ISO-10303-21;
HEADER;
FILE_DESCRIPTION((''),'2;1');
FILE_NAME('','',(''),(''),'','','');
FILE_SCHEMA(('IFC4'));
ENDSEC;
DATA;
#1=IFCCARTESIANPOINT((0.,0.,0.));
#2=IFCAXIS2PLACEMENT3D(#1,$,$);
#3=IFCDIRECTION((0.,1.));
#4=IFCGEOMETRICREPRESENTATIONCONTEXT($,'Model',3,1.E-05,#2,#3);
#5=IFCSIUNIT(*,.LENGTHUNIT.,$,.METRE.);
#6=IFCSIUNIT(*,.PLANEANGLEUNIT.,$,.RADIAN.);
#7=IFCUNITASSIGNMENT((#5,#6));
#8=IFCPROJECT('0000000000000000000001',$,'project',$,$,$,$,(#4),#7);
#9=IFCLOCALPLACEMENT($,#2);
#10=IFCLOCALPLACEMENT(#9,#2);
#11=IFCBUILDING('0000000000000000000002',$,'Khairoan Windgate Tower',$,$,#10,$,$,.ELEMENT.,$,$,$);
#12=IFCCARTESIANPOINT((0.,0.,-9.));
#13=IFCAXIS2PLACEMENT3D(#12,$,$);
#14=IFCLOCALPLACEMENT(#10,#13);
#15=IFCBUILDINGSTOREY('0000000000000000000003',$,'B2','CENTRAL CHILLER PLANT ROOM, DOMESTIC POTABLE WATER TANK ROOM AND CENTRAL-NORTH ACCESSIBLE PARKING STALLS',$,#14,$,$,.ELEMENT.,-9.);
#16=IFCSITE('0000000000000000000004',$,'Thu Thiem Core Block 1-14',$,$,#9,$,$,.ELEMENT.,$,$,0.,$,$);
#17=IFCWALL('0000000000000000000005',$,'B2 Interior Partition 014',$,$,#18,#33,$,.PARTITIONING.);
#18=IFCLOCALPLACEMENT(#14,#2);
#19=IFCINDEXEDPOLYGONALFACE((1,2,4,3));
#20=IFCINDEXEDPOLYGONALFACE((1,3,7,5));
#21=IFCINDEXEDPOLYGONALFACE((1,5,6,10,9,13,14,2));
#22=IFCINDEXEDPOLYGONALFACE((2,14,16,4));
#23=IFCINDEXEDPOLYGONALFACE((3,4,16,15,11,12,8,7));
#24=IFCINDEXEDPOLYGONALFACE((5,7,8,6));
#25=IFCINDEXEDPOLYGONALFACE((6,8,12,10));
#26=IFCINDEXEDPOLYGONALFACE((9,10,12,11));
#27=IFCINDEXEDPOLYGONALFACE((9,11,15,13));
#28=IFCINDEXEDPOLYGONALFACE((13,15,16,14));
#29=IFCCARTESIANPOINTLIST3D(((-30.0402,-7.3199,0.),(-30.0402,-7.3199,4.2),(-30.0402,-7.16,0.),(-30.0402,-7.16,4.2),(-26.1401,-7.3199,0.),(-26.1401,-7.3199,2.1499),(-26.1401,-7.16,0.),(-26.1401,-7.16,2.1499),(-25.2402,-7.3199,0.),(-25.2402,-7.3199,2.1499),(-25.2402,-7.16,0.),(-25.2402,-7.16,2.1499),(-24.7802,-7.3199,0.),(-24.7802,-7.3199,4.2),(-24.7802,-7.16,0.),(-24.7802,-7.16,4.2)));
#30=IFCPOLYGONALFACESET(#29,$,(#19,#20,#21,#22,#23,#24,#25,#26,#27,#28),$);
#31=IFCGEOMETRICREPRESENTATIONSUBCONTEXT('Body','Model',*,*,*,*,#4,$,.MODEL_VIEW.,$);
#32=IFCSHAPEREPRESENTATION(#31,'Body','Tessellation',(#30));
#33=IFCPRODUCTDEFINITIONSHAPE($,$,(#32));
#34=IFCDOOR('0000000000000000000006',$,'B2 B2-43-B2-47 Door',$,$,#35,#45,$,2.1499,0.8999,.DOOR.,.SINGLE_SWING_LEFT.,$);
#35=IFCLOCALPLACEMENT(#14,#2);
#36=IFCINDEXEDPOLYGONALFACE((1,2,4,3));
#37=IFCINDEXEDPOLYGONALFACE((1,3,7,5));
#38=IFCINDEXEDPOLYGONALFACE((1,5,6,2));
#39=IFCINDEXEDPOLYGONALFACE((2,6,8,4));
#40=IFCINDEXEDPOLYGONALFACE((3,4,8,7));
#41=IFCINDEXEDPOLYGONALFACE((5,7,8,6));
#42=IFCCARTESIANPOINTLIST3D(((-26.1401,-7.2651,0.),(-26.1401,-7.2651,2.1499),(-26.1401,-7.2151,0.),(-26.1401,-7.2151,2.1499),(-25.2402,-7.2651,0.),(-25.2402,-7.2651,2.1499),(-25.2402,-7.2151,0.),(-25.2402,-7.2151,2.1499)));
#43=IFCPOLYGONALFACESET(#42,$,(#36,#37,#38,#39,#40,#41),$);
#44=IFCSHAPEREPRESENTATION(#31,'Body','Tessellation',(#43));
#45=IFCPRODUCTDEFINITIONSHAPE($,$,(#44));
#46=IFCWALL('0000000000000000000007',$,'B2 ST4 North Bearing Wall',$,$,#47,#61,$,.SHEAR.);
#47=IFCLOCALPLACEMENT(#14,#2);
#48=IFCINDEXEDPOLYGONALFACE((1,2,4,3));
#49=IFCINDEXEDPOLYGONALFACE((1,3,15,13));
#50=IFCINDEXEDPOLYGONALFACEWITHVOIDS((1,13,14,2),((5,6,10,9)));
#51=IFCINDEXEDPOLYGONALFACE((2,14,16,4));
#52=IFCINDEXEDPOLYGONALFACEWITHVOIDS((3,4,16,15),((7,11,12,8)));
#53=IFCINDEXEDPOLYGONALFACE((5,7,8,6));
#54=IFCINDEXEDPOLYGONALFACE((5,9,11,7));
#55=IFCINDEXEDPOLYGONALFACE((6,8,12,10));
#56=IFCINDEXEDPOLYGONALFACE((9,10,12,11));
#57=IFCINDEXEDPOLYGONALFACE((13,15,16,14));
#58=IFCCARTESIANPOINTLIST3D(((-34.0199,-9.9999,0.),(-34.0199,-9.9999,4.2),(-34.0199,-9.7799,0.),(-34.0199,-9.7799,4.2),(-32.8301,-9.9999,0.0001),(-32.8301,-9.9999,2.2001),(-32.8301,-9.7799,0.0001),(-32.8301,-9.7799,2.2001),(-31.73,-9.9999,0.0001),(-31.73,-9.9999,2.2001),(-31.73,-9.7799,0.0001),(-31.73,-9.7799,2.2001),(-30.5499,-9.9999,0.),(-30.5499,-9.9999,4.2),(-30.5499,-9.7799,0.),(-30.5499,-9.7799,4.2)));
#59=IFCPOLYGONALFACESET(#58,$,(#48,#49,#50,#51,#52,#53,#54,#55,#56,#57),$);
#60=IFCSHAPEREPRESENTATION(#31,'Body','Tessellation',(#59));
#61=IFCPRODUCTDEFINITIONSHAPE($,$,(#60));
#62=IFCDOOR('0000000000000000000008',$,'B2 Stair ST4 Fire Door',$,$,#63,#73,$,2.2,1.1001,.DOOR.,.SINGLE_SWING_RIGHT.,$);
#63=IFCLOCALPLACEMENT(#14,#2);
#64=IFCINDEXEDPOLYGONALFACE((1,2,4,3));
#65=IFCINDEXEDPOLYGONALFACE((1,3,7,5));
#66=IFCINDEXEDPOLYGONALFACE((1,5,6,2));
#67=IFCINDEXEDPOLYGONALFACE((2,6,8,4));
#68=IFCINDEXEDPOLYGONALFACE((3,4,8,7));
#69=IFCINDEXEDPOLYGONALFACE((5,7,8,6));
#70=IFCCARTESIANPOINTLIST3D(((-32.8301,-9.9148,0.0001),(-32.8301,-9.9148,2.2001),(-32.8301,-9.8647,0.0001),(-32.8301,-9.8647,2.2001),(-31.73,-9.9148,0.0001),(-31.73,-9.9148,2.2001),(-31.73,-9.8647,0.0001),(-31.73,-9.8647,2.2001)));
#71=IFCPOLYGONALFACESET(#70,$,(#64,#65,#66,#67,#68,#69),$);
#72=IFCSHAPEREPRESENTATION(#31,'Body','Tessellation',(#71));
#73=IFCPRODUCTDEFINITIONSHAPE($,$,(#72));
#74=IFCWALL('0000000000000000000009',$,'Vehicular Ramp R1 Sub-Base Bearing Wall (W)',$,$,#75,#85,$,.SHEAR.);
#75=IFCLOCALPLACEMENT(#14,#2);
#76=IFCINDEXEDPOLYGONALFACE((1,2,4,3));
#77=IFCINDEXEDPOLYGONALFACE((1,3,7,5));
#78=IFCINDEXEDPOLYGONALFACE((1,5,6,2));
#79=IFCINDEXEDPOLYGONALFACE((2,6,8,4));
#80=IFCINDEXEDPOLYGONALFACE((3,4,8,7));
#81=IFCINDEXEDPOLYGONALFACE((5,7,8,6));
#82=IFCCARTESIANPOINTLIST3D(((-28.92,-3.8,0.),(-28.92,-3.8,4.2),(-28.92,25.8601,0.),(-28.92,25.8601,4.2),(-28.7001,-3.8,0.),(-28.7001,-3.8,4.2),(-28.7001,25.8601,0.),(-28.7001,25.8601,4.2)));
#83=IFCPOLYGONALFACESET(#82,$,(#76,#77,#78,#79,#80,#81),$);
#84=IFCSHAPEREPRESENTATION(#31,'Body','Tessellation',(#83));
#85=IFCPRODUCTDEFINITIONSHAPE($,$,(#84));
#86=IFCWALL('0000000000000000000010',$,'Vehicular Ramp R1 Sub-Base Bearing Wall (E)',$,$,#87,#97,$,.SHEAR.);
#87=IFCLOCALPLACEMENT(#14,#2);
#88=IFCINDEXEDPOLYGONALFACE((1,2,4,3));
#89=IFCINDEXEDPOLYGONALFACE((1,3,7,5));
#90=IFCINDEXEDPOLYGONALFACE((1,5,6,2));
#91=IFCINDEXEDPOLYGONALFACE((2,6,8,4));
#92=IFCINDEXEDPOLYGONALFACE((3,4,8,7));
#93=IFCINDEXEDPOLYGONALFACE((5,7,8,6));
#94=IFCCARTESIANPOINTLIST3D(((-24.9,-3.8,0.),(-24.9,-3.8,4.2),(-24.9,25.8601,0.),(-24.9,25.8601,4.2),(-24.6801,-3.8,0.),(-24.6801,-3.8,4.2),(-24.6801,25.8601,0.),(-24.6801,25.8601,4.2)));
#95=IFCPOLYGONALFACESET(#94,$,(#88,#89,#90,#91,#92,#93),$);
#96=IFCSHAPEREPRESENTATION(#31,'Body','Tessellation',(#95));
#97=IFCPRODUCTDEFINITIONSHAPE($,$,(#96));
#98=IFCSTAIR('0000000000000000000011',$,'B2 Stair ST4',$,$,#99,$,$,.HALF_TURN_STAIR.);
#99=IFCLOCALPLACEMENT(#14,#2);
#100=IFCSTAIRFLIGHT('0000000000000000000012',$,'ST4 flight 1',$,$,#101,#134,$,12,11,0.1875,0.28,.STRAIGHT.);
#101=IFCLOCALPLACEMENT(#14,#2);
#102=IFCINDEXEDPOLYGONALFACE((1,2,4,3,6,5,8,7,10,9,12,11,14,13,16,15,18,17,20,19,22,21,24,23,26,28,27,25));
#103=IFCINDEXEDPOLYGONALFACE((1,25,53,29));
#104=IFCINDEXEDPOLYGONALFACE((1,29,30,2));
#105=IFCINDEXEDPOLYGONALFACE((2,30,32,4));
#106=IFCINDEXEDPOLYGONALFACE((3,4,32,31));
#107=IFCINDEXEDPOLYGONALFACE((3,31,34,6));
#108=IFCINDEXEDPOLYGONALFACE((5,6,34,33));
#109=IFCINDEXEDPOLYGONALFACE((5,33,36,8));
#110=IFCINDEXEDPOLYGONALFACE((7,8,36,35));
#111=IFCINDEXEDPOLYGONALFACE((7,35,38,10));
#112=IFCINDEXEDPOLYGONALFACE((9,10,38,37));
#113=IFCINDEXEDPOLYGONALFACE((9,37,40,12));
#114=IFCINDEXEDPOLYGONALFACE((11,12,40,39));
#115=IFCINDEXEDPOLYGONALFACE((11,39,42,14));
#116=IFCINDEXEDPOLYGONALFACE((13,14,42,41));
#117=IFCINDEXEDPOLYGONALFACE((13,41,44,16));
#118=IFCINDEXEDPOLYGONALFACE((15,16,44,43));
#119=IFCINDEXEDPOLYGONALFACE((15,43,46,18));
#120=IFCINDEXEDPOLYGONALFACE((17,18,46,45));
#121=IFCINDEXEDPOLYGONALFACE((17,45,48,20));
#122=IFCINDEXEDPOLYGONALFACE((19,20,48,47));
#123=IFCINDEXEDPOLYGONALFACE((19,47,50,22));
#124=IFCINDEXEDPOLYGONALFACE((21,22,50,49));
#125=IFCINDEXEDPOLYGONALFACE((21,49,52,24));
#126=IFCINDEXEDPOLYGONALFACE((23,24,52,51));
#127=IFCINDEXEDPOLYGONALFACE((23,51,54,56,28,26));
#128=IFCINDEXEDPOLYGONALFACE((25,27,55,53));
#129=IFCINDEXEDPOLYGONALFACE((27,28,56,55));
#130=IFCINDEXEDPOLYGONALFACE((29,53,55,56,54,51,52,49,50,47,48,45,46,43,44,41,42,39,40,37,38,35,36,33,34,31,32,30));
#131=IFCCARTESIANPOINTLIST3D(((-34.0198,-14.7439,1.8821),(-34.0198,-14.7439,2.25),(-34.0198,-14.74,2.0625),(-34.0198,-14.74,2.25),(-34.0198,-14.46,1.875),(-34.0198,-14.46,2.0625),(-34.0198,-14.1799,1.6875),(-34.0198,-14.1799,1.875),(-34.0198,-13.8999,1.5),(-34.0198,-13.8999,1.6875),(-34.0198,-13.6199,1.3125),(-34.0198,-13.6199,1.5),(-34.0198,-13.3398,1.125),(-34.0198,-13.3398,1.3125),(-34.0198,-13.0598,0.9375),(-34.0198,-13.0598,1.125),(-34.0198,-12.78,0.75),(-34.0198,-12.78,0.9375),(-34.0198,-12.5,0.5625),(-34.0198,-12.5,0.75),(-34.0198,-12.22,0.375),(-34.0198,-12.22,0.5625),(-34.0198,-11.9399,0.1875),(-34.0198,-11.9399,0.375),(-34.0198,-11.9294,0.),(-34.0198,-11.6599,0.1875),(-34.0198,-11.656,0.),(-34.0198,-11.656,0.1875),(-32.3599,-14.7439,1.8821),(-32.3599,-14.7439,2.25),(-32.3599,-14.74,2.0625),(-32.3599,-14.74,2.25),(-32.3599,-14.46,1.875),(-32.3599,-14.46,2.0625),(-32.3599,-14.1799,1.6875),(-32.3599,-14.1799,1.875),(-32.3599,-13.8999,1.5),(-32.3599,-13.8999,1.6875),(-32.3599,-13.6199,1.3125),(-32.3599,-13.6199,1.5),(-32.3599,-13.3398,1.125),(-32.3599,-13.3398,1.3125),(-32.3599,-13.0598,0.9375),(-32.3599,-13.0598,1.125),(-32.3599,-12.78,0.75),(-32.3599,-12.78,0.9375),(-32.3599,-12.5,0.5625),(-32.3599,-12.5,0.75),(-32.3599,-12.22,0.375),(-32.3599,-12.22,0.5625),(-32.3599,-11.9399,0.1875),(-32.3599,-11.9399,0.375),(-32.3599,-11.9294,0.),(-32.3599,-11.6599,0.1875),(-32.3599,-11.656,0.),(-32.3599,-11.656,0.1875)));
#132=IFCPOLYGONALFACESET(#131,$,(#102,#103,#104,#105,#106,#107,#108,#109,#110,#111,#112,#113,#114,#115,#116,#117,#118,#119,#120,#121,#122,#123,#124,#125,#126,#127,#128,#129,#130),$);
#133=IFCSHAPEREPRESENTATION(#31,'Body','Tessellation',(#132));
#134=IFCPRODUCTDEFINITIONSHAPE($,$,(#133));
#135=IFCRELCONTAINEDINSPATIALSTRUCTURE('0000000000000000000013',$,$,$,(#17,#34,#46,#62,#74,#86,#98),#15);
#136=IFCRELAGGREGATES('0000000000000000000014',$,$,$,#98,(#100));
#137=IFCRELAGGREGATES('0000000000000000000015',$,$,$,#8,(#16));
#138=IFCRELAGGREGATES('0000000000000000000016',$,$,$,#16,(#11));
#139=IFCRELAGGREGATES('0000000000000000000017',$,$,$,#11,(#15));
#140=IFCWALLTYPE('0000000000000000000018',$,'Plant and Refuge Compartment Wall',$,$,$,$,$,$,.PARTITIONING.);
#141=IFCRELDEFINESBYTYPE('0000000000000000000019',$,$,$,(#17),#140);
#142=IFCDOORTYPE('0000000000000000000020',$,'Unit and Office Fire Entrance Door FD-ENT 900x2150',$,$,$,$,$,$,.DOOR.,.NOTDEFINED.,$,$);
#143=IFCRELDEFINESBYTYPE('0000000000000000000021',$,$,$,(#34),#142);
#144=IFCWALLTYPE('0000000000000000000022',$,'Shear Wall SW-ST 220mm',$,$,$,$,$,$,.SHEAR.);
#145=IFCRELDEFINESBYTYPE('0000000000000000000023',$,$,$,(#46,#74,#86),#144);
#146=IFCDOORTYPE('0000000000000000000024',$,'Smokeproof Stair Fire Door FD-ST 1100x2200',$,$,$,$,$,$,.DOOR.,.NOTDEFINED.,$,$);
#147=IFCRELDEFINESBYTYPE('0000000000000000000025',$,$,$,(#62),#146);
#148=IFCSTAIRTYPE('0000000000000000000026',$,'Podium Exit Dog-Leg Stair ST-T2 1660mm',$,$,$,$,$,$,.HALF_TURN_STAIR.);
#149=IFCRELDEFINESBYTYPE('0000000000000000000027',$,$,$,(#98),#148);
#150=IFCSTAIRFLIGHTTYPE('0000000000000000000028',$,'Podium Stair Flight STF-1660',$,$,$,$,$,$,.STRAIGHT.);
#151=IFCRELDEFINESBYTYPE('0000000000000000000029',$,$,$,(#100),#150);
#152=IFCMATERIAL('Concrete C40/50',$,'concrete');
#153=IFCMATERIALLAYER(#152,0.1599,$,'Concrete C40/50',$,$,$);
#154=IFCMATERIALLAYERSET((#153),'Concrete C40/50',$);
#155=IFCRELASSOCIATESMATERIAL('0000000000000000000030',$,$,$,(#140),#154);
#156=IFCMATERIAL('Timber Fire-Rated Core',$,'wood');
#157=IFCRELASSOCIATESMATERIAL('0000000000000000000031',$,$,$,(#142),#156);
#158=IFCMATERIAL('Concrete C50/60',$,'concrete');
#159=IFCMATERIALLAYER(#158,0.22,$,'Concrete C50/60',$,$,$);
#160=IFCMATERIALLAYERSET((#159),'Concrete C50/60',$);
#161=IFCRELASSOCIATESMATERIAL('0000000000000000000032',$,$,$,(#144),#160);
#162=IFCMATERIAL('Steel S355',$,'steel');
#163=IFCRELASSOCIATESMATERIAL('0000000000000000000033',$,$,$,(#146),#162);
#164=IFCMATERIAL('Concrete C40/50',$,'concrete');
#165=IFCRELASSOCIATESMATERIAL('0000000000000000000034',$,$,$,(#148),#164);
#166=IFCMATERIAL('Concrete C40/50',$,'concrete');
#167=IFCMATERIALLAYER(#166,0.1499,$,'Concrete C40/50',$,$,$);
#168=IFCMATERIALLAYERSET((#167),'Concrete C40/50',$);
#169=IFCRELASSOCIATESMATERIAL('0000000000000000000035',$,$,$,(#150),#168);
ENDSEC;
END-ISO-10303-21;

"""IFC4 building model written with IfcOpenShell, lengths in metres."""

from ifc_helpers import new_model, si_unit, direction, frame, frame_2d, origin, place, context, subcontext, project, spatial, polyline, rectangle, outline, extrude, material, layer, layer_set, type_object, element, fill, aggregate, save


model = new_model("IFC4")

# Units and contexts
model_context = context("Model", 3, precision=1e-05, world=origin(), true_north=direction((0.0, 1.0)))
body_context = subcontext(model_context, "Body", "Model", "MODEL_VIEW")
ifc_project = project(units=[si_unit("LENGTHUNIT", "METRE"), si_unit("PLANEANGLEUNIT", "RADIAN")], contexts=[model_context])

# Site, building, storey
site_placement = place(None, origin())
site = spatial("IfcSite", under=ifc_project, at=site_placement, Name="Thu Thiem Core Block 1-14", CompositionType="ELEMENT", RefElevation=0.0)
building_placement = place(site_placement, origin())
building = spatial("IfcBuilding", under=site, at=building_placement, Name="Khairoan Windgate Tower", CompositionType="ELEMENT")
storey_placement = place(building_placement, frame((0.0, 0.0, -9.0)))
storey = spatial("IfcBuildingStorey", under=building, at=storey_placement, Name="B2", Description="CENTRAL CHILLER PLANT ROOM, DOMESTIC POTABLE WATER TANK ROOM AND CENTRAL-NORTH ACCESSIBLE PARKING STALLS", CompositionType="ELEMENT", Elevation=-9.0)

# Walls, openings, doors
ifc_material_1 = material(Name="Concrete C40/50", Category="concrete")
ifc_layer_1 = layer(ifc_material_1, 0.1599, Name="Concrete C40/50")
ifc_layer_set_1 = layer_set([ifc_layer_1], Name="Concrete C40/50")
wall_type_1 = type_object("IfcWallType", Name="Plant and Refuge Compartment Wall", PredefinedType="PARTITIONING", material=ifc_layer_set_1)
ifc_material_2 = material(Name="Timber Fire-Rated Core", Category="wood")
door_type_1 = type_object("IfcDoorType", Name="Unit and Office Fire Entrance Door FD-ENT 900x2150", OperationType="NOTDEFINED", PredefinedType="DOOR", material=ifc_material_2)
wall_1_placement = place(storey_placement, frame((-30.04, -7.24, 0.0), z_axis=(0.0, 0.0, 1.0), x_axis=(1.0, 0.0, 0.0)))
wall_1 = element("IfcWall", 1, at=wall_1_placement, inside=storey, type_object=wall_type_1, Name="B2 Interior Partition 014", PredefinedType="PARTITIONING", context=body_context, shape_type="SweptSolid", body=[
    extrude(rectangle(XDim=5.26, YDim=0.1599, at=frame_2d((2.6299, 0.0))), origin(), (0.0, 0.0, 1.0), 4.2),
])
opening_1_placement = place(wall_1_placement, frame((3.8999, 0.0, 0.0)))
opening_1 = element("IfcOpeningElement", 2, at=opening_1_placement, cuts=wall_1, PredefinedType="OPENING", context=body_context, shape_type="SweptSolid", body=[
    extrude(rectangle(XDim=0.8999, YDim=2.1499, at=frame_2d((0.45, 1.075))), frame((0.0, 0.0898, 0.0), z_axis=(0.0, -1.0, 0.0), x_axis=(1.0, 0.0, 0.0)), (0.0, 0.0, 1.0), 0.1799),
])
door_1_placement = place(opening_1_placement, origin())
door_1 = element("IfcDoor", 3, at=door_1_placement, inside=storey, type_object=door_type_1, Name="B2 B2-43-B2-47 Door", OperationType="SINGLE_SWING_LEFT", OverallHeight=2.1499, OverallWidth=0.8999, PredefinedType="DOOR", context=body_context, shape_type="SweptSolid", body=[
    extrude(rectangle(XDim=0.8999, YDim=2.1499, at=frame_2d((0.45, 1.075))), frame((0.0, 0.0249, 0.0), z_axis=(0.0, -1.0, 0.0), x_axis=(1.0, 0.0, 0.0)), (0.0, 0.0, 1.0), 0.05),
])
fill(opening_1, door_1)
ifc_material_3 = material(Name="Concrete C50/60", Category="concrete")
ifc_layer_2 = layer(ifc_material_3, 0.22, Name="Concrete C50/60")
ifc_layer_set_2 = layer_set([ifc_layer_2], Name="Concrete C50/60")
wall_type_2 = type_object("IfcWallType", Name="Shear Wall SW-ST 220mm", PredefinedType="SHEAR", material=ifc_layer_set_2)
wall_2_placement = place(storey_placement, frame((-30.55, -9.8899, 0.0), z_axis=(0.0, 0.0, 1.0), x_axis=(-1.0, 0.0, 0.0)))
wall_2 = element("IfcWall", 4, at=wall_2_placement, inside=storey, type_object=wall_type_2, Name="B2 ST4 North Bearing Wall", PredefinedType="SHEAR", context=body_context, shape_type="SweptSolid", body=[
    extrude(rectangle(XDim=3.47, YDim=0.22, at=frame_2d((1.7349, 0.0))), origin(), (0.0, 0.0, 1.0), 4.2),
])
opening_2_placement = place(wall_2_placement, frame((1.1799, 0.0, 0.0)))
opening_2 = element("IfcOpeningElement", 5, at=opening_2_placement, cuts=wall_2, PredefinedType="OPENING", context=body_context, shape_type="SweptSolid", body=[
    extrude(rectangle(XDim=1.1001, YDim=2.2, at=frame_2d((0.55, 1.1001))), frame((0.0, 0.1199, 0.0), z_axis=(0.0, -1.0, 0.0), x_axis=(1.0, 0.0, 0.0)), (0.0, 0.0, 1.0), 0.24),
])
ifc_material_4 = material(Name="Steel S355", Category="steel")
door_type_2 = type_object("IfcDoorType", Name="Smokeproof Stair Fire Door FD-ST 1100x2200", OperationType="NOTDEFINED", PredefinedType="DOOR", material=ifc_material_4)
door_2_placement = place(opening_2_placement, origin())
door_2 = element("IfcDoor", 6, at=door_2_placement, inside=storey, type_object=door_type_2, Name="B2 Stair ST4 Fire Door", OperationType="SINGLE_SWING_RIGHT", OverallHeight=2.2, OverallWidth=1.1001, PredefinedType="DOOR", context=body_context, shape_type="SweptSolid", body=[
    extrude(rectangle(XDim=1.1001, YDim=2.2, at=frame_2d((0.55, 1.1001))), frame((0.0, 0.0249, 0.0), z_axis=(0.0, -1.0, 0.0), x_axis=(1.0, 0.0, 0.0)), (0.0, 0.0, 1.0), 0.05),
])
fill(opening_2, door_2)

# Walls
for number, where, z_axis, x_axis, name in (
    (7, (-28.8101, -3.8, 0.0), (0.0, 0.0, 1.0), (0.0, 1.0, 0.0), "Vehicular Ramp R1 Sub-Base Bearing Wall (W)"),
    (8, (-24.79, -3.8, 0.0), (0.0, 0.0, 1.0), (0.0, 1.0, 0.0), "Vehicular Ramp R1 Sub-Base Bearing Wall (E)"),
):
    element("IfcWall", number, at=place(storey_placement, frame(where, z_axis=z_axis, x_axis=x_axis)), inside=storey, type_object=wall_type_2, Name=name, PredefinedType="SHEAR", context=body_context, shape_type="SweptSolid", body=[
        extrude(rectangle(XDim=29.6602, YDim=0.22, at=frame_2d((14.8301, 0.0))), origin(), (0.0, 0.0, 1.0), 4.2),
    ])

# Stair, stair flight
ifc_material_5 = material(Name="Concrete C40/50", Category="concrete")
stair_type = type_object("IfcStairType", Name="Podium Exit Dog-Leg Stair ST-T2 1660mm", PredefinedType="HALF_TURN_STAIR", material=ifc_material_5)
stair_placement = place(storey_placement, origin())
stair = element("IfcStair", 9, at=stair_placement, inside=storey, type_object=stair_type, Name="B2 Stair ST4", PredefinedType="HALF_TURN_STAIR")
ifc_material_6 = material(Name="Concrete C40/50", Category="concrete")
ifc_layer_3 = layer(ifc_material_6, 0.1499, Name="Concrete C40/50")
ifc_layer_set_3 = layer_set([ifc_layer_3], Name="Concrete C40/50")
stair_flight_type = type_object("IfcStairFlightType", Name="Podium Stair Flight STF-1660", PredefinedType="STRAIGHT", material=ifc_layer_set_3)
stair_flight_placement = place(storey_placement, frame((-33.1899, -11.6599, 0.0), z_axis=(0.0, 0.0, 1.0), x_axis=(0.0, -1.0, 0.0)))
stair_flight = element("IfcStairFlight", 10, at=stair_flight_placement, type_object=stair_flight_type, Name="ST4 flight 1", NumberOfRisers=12, NumberOfTreads=11, PredefinedType="STRAIGHT", RiserHeight=0.1875, TreadLength=0.28, context=body_context, shape_type="SweptSolid", body=[
    extrude(outline(polyline([(-0.0039, 0.0), (-0.0039, 0.1875), (0.0, 0.1875), (0.28, 0.1875), (0.28, 0.375), (0.5601, 0.375), (0.5601, 0.5625), (0.8401, 0.5625), (0.8401, 0.75), (1.1201, 0.75), (1.1201, 0.9375), (1.3999, 0.9375), (1.3999, 1.125), (1.6799, 1.125), (1.6799, 1.3125), (1.96, 1.3125), (1.96, 1.5), (2.24, 1.5), (2.24, 1.6875), (2.52, 1.6875), (2.52, 1.875), (2.8, 1.875), (2.8, 2.0625), (3.0801, 2.0625), (3.0801, 2.25), (3.084, 2.25), (3.084, 1.8821), (0.2695, 0.0), (-0.0039, 0.0)])), frame((0.0, 0.8301, 0.0), z_axis=(0.0, -1.0, 0.0), x_axis=(1.0, 0.0, 0.0)), (0.0, 0.0, 1.0), 1.6599),
])
aggregate(stair, [stair_flight])

save(model, "model.ifc")
